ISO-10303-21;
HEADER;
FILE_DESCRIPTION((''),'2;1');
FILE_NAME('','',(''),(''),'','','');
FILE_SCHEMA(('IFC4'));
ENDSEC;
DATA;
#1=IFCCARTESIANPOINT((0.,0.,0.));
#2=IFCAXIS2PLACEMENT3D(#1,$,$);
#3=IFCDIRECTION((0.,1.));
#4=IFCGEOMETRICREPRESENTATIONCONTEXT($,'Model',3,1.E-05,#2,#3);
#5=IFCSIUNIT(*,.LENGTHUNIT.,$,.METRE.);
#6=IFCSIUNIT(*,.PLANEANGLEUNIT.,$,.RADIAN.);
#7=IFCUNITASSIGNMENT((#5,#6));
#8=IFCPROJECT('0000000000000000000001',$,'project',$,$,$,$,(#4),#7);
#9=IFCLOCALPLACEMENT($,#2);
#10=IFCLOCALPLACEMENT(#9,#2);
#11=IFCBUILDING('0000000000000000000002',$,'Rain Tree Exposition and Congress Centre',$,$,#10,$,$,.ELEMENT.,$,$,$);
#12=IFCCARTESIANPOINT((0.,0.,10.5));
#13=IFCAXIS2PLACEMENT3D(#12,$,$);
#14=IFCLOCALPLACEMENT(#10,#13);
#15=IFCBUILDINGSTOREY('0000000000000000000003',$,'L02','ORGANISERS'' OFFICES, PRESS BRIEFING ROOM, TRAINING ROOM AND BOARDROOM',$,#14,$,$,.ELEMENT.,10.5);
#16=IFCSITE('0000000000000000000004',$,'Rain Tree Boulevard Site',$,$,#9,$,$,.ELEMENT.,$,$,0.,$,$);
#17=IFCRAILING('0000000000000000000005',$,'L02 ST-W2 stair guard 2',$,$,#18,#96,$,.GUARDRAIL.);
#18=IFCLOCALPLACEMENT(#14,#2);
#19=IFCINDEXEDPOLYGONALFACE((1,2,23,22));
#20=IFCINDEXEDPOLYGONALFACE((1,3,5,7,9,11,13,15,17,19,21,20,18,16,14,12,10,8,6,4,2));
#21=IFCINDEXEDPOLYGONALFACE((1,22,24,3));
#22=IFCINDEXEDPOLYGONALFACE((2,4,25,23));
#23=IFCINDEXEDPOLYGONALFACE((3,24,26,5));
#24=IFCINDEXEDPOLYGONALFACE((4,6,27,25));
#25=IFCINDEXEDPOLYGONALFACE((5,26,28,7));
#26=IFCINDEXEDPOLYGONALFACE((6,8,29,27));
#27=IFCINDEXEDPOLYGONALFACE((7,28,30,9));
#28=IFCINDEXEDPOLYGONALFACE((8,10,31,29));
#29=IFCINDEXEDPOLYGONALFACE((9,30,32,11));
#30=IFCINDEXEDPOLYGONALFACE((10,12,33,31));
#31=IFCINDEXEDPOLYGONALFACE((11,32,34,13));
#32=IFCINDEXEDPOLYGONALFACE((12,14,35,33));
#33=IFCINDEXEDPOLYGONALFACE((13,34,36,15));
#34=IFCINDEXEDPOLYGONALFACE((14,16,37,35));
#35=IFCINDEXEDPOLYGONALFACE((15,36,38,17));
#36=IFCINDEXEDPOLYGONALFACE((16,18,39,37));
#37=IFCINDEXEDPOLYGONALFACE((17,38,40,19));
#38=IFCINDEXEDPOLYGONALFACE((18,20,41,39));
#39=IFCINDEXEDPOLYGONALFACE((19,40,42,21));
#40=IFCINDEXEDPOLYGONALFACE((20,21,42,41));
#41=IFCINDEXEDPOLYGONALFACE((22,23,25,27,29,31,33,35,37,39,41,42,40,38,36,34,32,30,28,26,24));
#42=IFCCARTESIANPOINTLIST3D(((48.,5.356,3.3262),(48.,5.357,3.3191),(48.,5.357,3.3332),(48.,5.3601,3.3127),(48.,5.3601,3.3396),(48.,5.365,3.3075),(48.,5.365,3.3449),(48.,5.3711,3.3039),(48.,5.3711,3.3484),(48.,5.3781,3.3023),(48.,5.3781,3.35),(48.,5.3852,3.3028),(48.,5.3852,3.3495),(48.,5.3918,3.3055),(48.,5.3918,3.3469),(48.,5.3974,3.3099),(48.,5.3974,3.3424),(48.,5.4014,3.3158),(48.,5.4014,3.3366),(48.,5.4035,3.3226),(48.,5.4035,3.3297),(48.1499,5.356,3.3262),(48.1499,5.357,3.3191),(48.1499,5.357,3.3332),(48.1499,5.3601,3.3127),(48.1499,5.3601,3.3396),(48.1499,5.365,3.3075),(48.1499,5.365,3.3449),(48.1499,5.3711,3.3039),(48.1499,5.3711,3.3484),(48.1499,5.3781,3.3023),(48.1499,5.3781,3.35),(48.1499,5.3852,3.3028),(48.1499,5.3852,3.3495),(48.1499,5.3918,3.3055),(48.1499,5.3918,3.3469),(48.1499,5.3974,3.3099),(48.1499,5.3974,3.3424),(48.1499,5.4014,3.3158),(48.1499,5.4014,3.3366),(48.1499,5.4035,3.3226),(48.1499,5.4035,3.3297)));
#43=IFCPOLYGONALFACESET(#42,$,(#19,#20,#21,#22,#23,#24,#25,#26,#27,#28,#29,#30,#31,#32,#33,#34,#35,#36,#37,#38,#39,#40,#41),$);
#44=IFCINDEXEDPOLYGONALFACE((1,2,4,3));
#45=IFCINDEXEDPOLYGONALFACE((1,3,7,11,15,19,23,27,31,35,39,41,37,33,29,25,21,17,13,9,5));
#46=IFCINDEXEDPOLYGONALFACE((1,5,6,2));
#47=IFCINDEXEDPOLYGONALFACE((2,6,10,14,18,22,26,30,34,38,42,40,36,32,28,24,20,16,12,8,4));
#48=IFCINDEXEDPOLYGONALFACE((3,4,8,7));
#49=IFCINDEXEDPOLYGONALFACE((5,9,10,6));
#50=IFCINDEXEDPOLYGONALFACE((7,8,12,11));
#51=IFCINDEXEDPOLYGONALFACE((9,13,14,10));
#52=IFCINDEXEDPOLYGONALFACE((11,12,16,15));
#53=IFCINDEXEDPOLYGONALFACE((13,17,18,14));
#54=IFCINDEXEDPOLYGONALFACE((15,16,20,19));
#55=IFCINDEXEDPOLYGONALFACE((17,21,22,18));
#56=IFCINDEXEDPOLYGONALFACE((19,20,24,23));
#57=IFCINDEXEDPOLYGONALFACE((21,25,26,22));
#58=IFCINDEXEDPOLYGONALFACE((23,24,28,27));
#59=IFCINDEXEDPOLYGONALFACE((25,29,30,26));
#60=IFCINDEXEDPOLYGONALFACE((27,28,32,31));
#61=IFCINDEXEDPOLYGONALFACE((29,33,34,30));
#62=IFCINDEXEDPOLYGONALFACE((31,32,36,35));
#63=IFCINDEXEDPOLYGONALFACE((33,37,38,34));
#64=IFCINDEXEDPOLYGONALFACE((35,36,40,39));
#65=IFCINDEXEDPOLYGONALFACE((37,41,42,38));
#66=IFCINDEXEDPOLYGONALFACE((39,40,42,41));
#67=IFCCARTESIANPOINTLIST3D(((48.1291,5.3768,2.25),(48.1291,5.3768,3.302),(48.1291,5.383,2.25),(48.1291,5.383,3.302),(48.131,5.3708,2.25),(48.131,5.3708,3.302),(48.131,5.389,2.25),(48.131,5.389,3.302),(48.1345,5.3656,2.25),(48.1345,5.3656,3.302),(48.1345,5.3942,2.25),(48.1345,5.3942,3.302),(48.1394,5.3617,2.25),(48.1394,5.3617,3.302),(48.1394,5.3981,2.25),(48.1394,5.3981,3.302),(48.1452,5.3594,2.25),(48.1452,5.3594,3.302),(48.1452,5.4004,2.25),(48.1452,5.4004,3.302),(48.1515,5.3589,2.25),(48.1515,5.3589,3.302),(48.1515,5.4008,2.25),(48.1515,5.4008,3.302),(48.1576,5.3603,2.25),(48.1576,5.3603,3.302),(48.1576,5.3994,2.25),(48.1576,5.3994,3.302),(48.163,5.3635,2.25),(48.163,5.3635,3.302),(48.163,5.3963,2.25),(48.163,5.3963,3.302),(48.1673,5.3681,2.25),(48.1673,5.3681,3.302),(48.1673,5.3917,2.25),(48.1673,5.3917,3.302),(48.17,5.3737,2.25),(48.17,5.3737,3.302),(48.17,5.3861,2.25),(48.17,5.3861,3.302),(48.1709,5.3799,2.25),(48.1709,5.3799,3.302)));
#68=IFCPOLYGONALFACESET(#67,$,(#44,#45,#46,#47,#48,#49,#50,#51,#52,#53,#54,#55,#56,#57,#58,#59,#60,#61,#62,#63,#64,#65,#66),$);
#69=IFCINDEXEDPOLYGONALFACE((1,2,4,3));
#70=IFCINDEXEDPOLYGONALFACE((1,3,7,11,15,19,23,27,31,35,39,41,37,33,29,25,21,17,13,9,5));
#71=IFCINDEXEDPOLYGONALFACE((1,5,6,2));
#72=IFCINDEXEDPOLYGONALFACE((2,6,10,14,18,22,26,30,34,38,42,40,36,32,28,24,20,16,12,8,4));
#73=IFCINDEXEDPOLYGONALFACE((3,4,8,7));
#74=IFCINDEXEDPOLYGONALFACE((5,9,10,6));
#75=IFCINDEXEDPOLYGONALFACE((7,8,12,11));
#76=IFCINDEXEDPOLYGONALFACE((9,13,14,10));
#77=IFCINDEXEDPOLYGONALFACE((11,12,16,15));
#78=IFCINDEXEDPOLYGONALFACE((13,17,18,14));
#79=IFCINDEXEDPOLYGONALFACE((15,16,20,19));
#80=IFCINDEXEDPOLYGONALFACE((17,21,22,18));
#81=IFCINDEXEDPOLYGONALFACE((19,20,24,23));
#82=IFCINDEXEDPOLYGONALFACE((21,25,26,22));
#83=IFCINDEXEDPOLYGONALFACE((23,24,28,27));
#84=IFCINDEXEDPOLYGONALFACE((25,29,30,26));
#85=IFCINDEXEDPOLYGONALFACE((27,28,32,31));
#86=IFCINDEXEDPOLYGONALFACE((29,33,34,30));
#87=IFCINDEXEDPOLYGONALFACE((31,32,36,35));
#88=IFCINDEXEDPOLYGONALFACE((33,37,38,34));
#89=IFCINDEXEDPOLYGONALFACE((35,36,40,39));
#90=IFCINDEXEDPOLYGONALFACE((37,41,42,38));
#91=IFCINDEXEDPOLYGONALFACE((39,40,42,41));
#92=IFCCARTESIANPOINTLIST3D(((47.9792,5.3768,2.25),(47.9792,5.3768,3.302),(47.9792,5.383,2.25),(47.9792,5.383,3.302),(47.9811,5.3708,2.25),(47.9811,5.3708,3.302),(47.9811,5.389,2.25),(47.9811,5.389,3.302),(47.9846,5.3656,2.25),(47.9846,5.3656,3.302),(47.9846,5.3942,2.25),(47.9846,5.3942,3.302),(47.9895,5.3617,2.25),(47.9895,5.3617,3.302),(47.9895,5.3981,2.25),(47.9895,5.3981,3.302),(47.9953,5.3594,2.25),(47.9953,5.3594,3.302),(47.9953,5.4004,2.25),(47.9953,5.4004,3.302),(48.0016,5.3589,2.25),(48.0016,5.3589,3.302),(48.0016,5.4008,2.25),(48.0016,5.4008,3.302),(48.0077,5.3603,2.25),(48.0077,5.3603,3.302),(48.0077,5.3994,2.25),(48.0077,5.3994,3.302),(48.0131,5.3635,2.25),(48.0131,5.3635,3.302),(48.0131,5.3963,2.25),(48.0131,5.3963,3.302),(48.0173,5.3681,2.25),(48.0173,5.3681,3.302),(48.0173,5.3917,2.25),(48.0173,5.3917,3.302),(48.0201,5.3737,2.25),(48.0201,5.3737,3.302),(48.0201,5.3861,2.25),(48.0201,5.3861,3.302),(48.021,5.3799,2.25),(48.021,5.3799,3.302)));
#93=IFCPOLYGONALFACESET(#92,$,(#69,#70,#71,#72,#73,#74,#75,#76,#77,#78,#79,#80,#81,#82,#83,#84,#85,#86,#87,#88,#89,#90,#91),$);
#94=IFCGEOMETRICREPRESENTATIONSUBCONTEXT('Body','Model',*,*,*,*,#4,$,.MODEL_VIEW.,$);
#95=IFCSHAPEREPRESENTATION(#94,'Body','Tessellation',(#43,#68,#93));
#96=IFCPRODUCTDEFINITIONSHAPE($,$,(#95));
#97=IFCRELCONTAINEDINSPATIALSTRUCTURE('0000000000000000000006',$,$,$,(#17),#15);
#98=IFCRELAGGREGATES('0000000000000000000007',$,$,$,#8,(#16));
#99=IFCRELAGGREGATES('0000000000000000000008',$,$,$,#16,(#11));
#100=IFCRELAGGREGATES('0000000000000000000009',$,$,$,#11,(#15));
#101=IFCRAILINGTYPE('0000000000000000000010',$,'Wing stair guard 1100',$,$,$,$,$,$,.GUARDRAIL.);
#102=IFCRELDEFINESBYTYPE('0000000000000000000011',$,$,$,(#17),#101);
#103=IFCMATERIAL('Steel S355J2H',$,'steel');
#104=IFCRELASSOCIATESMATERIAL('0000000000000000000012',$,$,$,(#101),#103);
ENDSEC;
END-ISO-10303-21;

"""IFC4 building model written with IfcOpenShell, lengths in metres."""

from ifc_helpers import new_model, si_unit, direction, frame, origin, origin_2d, place, context, subcontext, project, spatial, circle, extrude, material, type_object, element, save


model = new_model("IFC4")

# Units and contexts
model_context = context("Model", 3, precision=1e-05, world=origin(), true_north=direction((0.0, 1.0)))
body_context = subcontext(model_context, "Body", "Model", "MODEL_VIEW")
ifc_project = project(units=[si_unit("LENGTHUNIT", "METRE"), si_unit("PLANEANGLEUNIT", "RADIAN")], contexts=[model_context])

# Site, building, storey
site_placement = place(None, origin())
site = spatial("IfcSite", under=ifc_project, at=site_placement, Name="Rain Tree Boulevard Site", CompositionType="ELEMENT", RefElevation=0.0)
building_placement = place(site_placement, origin())
building = spatial("IfcBuilding", under=site, at=building_placement, Name="Rain Tree Exposition and Congress Centre", CompositionType="ELEMENT")
storey_placement = place(building_placement, frame((0.0, 0.0, 10.5)))
storey = spatial("IfcBuildingStorey", under=building, at=storey_placement, Name="L02", Description="ORGANISERS' OFFICES, PRESS BRIEFING ROOM, TRAINING ROOM AND BOARDROOM", CompositionType="ELEMENT", Elevation=10.5)

# Railing
ifc_material_1 = material(Name="Steel S355J2H", Category="steel")
railing_type_1 = type_object("IfcRailingType", Name="Wing stair guard 1100", PredefinedType="GUARDRAIL", material=ifc_material_1)
railing_1_placement = place(storey_placement, frame((48.1499, 5.3799, 2.25)))
element("IfcRailing", 1, at=railing_1_placement, inside=storey, type_object=railing_type_1, Name="L02 ST-W2 stair guard 2", PredefinedType="GUARDRAIL", context=body_context, shape_type="SweptSolid", body=[
    extrude(circle(Radius=0.0239, at=origin_2d()), frame((0.0, 0.0, 1.0762), z_axis=(-1.0, 0.0, 0.0), x_axis=(0.0, -1.0, 0.0)), (0.0, 0.0, 1.0), 0.1499),
    extrude(circle(Radius=0.021, at=origin_2d()), origin(), (0.0, 0.0, 1.0), 1.052),
    extrude(circle(Radius=0.021, at=origin_2d()), frame((-0.1499, 0.0, 0.0)), (0.0, 0.0, 1.0), 1.052),
])

save(model, "model.ifc")
